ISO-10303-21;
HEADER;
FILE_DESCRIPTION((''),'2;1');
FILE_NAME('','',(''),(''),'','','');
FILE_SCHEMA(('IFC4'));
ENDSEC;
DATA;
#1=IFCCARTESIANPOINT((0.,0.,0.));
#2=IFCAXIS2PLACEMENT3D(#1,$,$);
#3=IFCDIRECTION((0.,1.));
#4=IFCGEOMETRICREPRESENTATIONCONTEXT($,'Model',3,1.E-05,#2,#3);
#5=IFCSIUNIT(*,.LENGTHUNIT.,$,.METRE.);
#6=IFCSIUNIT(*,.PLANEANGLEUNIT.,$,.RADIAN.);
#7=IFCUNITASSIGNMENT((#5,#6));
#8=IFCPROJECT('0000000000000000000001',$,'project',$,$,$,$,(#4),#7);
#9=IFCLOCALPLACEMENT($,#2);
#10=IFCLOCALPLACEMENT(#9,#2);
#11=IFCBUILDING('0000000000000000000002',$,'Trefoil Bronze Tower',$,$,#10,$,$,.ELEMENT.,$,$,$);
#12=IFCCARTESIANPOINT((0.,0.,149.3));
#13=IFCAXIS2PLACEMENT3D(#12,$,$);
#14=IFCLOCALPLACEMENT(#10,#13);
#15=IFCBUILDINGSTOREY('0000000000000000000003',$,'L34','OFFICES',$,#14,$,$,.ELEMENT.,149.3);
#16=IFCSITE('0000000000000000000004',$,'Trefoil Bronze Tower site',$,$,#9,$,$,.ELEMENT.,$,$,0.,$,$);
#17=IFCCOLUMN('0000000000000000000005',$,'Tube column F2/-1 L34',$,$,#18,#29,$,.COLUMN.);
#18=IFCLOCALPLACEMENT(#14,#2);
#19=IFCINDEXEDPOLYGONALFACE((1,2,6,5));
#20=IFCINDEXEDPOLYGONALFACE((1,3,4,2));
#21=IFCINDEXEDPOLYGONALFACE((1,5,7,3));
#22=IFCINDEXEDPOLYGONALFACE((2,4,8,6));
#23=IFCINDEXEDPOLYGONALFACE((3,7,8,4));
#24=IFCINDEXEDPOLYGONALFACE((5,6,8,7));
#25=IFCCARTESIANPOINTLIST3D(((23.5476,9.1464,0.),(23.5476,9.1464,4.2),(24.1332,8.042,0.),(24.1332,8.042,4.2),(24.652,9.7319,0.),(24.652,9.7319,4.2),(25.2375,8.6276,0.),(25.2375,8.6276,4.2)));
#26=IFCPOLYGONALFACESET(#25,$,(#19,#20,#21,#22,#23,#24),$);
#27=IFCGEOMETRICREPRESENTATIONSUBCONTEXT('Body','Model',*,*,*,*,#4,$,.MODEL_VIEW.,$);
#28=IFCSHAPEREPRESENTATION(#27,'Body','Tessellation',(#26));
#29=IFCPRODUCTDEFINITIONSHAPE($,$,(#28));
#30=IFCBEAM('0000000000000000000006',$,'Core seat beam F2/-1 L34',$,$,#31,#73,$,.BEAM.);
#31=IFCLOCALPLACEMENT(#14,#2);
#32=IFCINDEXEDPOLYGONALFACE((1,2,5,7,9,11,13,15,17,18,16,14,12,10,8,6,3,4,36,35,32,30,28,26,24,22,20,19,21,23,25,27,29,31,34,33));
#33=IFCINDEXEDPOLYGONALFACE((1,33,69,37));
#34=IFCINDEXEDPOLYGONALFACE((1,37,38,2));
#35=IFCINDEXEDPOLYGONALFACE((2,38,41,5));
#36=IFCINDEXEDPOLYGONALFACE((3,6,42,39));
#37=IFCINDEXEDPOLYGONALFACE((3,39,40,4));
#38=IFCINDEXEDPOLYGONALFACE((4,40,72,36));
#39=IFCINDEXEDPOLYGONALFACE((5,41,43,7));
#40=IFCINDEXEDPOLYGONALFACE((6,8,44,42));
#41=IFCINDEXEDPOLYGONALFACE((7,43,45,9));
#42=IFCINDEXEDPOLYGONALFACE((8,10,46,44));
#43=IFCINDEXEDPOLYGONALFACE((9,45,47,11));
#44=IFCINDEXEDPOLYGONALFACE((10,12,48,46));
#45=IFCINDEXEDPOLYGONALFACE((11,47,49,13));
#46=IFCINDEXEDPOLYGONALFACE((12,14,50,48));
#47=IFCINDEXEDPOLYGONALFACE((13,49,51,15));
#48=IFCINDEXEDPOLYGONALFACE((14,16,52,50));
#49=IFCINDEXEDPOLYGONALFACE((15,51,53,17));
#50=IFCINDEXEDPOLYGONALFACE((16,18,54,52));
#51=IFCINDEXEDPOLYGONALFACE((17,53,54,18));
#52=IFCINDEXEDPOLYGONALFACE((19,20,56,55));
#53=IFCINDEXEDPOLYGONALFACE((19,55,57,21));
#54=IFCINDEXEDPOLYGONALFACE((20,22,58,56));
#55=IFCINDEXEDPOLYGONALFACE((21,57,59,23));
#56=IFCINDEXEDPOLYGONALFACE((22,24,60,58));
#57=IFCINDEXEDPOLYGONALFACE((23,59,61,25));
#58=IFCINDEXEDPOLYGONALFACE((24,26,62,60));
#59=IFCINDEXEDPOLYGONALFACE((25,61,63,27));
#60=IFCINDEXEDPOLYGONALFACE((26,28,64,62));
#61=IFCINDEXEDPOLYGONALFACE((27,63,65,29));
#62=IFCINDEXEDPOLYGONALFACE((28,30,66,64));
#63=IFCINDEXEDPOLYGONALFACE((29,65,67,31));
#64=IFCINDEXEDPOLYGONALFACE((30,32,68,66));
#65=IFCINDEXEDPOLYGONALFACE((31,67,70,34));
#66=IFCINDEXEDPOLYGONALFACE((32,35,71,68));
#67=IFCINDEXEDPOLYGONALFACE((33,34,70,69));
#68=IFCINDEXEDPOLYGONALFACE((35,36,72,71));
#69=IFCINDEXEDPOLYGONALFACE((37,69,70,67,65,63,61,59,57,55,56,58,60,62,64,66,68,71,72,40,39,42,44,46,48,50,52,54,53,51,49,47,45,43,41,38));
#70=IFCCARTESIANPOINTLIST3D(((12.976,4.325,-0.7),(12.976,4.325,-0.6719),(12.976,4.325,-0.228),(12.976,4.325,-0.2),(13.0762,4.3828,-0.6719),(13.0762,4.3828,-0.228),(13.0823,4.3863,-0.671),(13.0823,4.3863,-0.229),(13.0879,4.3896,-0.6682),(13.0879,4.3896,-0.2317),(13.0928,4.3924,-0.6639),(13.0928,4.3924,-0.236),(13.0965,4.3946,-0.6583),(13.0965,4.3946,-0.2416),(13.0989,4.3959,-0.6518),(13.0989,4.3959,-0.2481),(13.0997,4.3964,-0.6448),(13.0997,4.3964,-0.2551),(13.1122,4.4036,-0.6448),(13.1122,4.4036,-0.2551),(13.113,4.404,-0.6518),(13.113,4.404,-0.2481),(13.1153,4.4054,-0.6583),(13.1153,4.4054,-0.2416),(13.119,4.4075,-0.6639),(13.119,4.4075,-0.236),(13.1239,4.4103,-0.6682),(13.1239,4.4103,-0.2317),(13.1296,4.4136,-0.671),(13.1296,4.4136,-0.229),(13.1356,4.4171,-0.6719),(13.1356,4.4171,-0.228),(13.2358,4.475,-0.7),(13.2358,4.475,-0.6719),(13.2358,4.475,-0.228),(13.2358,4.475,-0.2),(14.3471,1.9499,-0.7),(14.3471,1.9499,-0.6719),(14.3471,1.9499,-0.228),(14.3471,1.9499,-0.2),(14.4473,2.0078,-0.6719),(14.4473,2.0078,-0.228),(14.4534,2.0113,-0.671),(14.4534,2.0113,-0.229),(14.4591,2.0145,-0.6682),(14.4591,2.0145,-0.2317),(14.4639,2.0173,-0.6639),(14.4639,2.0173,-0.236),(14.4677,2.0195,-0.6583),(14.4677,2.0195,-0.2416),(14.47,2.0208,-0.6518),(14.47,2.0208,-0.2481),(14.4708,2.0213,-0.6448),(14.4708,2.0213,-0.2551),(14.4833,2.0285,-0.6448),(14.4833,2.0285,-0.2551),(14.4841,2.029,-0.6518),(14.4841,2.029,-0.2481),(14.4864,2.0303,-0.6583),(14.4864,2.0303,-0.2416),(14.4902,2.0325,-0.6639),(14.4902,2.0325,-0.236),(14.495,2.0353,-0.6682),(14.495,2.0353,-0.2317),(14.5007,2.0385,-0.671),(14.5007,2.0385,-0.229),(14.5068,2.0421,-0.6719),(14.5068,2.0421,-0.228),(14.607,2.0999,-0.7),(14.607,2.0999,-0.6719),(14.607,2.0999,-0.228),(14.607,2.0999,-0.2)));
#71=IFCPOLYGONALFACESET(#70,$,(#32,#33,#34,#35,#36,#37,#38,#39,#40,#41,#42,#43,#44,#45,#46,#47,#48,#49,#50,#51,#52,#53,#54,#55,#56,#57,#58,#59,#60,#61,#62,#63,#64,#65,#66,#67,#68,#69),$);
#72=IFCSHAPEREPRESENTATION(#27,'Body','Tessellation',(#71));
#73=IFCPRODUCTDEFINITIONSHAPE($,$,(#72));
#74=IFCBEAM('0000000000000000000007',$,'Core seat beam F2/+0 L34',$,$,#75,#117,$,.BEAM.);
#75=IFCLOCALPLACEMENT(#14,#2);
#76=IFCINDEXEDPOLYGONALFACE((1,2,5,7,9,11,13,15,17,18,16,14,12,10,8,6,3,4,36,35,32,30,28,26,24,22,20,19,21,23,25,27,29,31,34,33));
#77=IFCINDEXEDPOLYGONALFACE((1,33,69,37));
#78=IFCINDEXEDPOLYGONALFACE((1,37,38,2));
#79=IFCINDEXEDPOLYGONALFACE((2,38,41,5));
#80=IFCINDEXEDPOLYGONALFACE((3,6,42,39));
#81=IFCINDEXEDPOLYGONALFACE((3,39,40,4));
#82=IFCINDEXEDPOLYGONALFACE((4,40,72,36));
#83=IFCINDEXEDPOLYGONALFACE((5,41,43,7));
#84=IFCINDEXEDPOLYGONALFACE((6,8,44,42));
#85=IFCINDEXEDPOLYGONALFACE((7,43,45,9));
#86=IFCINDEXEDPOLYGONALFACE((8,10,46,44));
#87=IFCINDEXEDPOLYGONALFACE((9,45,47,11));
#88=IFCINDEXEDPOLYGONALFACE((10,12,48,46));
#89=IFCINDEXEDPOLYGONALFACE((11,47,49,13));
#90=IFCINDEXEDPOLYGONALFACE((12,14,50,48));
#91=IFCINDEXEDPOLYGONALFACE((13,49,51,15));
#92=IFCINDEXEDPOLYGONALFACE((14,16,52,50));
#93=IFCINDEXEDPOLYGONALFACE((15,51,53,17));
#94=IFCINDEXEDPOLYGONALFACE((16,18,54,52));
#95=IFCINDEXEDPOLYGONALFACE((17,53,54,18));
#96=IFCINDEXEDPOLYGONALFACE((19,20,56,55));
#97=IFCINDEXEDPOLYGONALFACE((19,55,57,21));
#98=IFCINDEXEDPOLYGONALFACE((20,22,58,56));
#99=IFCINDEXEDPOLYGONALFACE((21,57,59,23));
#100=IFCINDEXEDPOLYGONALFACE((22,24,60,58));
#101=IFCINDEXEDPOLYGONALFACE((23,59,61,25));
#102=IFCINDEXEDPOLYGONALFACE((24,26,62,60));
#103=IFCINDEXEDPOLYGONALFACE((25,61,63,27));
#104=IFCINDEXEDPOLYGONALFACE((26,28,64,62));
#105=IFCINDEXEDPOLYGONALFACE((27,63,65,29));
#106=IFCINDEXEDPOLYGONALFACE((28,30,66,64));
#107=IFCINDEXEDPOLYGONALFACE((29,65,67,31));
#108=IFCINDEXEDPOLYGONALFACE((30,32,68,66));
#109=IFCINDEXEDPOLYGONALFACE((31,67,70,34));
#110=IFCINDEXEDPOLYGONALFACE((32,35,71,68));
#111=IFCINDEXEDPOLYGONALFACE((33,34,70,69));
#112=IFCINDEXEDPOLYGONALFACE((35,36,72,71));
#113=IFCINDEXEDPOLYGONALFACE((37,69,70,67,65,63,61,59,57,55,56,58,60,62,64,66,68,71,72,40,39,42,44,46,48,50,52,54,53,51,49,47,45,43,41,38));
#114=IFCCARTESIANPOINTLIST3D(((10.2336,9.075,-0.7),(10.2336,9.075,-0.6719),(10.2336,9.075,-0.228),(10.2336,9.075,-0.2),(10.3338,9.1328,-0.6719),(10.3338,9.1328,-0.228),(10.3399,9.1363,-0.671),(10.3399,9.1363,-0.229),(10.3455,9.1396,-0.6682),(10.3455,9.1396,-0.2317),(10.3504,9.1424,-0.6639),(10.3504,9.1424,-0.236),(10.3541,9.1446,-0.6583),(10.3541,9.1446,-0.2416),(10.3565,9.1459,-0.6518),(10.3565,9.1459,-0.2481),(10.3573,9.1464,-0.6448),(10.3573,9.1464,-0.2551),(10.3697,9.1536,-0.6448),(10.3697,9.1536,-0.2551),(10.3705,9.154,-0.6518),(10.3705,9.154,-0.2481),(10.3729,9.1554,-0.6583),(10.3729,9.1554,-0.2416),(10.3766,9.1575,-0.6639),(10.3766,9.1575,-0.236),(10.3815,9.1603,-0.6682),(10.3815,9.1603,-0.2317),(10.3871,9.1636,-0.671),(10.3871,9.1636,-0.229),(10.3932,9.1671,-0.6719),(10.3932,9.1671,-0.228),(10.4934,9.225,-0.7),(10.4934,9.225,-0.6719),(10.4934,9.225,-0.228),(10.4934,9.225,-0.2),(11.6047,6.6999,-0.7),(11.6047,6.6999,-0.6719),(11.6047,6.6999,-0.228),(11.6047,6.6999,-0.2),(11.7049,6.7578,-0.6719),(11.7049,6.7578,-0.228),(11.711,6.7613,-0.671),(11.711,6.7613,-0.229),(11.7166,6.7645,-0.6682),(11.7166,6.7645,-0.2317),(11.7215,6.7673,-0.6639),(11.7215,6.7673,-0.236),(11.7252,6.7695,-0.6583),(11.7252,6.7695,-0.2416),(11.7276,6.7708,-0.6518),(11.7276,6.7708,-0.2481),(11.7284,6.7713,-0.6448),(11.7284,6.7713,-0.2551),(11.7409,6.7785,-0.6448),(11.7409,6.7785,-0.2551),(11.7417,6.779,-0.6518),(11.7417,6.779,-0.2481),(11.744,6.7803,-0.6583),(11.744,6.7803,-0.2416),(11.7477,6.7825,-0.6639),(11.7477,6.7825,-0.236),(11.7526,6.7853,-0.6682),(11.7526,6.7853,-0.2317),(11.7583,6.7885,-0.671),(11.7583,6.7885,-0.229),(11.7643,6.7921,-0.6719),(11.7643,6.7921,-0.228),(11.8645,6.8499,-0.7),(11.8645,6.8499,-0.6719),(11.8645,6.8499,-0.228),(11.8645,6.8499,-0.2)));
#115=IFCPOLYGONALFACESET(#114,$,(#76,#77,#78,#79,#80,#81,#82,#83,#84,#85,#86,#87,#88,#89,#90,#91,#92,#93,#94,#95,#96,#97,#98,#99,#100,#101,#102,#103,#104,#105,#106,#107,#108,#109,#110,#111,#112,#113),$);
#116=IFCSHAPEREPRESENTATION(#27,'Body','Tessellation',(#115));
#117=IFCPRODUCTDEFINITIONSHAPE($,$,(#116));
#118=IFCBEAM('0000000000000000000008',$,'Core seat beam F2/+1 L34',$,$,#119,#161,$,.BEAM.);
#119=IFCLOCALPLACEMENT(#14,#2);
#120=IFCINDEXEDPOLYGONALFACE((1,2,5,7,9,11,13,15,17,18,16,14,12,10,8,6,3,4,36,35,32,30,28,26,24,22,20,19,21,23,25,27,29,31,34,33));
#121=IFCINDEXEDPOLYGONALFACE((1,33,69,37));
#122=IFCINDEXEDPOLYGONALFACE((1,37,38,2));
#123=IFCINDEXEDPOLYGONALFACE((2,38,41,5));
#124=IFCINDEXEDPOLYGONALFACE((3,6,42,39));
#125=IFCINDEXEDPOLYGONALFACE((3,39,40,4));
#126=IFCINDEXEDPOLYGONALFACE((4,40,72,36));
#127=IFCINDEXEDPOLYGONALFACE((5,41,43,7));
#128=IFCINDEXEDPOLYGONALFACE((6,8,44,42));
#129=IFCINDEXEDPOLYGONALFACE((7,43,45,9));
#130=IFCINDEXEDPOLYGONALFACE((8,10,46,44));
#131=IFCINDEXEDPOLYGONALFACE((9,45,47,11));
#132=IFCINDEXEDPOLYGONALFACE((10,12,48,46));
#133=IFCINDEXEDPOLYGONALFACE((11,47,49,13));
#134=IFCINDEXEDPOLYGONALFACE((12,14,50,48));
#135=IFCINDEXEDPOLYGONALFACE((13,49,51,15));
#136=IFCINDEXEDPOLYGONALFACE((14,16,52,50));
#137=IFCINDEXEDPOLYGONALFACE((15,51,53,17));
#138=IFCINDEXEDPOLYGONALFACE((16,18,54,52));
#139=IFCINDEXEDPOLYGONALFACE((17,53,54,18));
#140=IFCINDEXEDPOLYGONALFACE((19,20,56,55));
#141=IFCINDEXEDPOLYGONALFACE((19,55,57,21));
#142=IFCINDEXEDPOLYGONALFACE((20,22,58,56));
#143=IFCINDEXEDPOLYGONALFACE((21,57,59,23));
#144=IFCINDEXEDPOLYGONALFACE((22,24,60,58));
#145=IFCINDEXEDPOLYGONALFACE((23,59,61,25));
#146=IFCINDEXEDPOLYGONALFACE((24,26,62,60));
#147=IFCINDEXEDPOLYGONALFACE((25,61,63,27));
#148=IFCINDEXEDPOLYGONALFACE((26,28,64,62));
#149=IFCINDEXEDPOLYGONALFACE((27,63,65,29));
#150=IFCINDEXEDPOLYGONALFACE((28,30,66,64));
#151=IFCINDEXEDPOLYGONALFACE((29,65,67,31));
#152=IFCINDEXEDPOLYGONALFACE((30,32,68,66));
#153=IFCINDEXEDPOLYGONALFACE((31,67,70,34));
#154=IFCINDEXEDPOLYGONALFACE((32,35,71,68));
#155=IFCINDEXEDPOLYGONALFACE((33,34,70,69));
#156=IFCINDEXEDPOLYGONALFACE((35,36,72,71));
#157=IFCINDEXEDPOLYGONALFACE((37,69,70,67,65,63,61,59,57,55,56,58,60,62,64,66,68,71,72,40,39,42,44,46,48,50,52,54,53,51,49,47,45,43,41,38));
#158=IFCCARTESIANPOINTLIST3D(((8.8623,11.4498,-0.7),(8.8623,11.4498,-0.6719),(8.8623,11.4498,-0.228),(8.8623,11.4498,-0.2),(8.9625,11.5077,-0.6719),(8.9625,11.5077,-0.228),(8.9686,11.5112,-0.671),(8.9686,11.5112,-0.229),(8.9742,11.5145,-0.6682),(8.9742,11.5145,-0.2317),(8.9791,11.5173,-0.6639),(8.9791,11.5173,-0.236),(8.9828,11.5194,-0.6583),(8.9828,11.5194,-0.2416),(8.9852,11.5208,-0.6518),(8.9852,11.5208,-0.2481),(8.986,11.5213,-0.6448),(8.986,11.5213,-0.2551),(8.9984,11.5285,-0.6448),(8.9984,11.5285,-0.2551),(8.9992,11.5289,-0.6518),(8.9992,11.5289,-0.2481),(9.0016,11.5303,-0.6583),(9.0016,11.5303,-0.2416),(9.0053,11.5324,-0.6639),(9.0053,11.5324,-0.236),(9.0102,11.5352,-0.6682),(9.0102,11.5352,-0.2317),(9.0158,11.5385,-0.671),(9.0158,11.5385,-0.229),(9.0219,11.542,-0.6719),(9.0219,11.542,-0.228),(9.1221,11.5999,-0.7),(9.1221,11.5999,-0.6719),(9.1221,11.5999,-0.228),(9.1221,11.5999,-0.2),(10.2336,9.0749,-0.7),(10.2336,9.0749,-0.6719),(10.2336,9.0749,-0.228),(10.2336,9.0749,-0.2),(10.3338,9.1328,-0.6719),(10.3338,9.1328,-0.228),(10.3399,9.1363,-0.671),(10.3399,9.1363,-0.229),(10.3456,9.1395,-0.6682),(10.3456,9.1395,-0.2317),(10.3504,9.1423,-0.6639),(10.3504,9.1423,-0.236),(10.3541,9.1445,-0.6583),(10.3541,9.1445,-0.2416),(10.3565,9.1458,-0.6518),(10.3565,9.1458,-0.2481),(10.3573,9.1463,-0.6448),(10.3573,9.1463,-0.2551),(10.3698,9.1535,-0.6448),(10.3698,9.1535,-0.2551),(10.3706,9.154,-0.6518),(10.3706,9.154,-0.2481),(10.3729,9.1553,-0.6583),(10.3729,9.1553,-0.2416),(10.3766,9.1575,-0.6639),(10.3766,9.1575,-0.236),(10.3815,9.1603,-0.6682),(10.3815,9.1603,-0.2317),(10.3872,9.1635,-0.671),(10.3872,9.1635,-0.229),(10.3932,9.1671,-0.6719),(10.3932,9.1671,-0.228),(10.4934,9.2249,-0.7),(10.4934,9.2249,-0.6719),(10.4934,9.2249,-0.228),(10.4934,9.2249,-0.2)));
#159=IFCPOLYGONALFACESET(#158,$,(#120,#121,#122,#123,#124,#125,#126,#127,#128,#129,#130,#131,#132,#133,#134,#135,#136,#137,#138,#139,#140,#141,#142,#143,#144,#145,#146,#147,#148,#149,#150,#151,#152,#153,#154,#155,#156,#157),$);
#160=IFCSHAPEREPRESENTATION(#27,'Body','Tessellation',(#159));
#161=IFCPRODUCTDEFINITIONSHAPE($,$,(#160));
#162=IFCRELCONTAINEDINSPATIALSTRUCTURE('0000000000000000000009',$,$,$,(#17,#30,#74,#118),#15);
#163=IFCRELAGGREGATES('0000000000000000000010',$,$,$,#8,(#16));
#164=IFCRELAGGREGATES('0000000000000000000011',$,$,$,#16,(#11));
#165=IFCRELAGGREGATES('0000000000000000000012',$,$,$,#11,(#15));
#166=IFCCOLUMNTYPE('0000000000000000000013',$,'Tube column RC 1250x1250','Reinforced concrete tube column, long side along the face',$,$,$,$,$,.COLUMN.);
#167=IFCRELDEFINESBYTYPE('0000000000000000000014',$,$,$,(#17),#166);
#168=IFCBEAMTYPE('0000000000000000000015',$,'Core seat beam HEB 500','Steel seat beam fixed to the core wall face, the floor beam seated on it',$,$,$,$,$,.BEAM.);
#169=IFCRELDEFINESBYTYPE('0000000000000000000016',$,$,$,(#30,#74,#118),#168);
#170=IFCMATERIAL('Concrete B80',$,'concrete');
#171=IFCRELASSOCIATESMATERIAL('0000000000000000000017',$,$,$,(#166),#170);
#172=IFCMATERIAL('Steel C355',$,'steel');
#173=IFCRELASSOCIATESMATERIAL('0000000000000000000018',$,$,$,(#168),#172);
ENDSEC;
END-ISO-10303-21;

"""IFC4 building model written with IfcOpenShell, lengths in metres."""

from ifc_helpers import new_model, si_unit, direction, frame, origin, origin_2d, place, context, subcontext, project, spatial, rectangle, i_section, extrude, material, material_profile, profile_set, type_object, element, save


model = new_model("IFC4")

# Units and contexts
model_context = context("Model", 3, precision=1e-05, world=origin(), true_north=direction((0.0, 1.0)))
body_context = subcontext(model_context, "Body", "Model", "MODEL_VIEW")
ifc_project = project(units=[si_unit("LENGTHUNIT", "METRE"), si_unit("PLANEANGLEUNIT", "RADIAN")], contexts=[model_context])

# Site, building, storey
site_placement = place(None, origin())
site = spatial("IfcSite", under=ifc_project, at=site_placement, Name="Trefoil Bronze Tower site", CompositionType="ELEMENT", RefElevation=0.0)
building_placement = place(site_placement, origin())
building = spatial("IfcBuilding", under=site, at=building_placement, Name="Trefoil Bronze Tower", CompositionType="ELEMENT")
storey_placement = place(building_placement, frame((0.0, 0.0, 149.3)))
storey = spatial("IfcBuildingStorey", under=building, at=storey_placement, Name="L34", Description="OFFICES", CompositionType="ELEMENT", Elevation=149.3)

# Column
ifc_material_1 = material(Name="Concrete B80", Category="concrete")
ifc_material_profile_1 = material_profile(ifc_material_1, rectangle(XDim=1.25, YDim=1.25, at=origin_2d()), Name="RC 1250x1250")
ifc_profile_set_1 = profile_set([ifc_material_profile_1], Name="Concrete B80")
column_type = type_object("IfcColumnType", Name="Tube column RC 1250x1250", Description="Reinforced concrete tube column, long side along the face", PredefinedType="COLUMN", material=ifc_profile_set_1)
column_placement = place(storey_placement, frame((24.3926, 8.887, 0.0), z_axis=(0.0, 0.0, 1.0), x_axis=(-0.468457, 0.883486, 0.0)))
element("IfcColumn", 1, at=column_placement, inside=storey, type_object=column_type, Name="Tube column F2/-1 L34", PredefinedType="COLUMN", context=body_context, shape_type="SweptSolid", body=[
    extrude(rectangle(XDim=1.25, YDim=1.25, at=origin_2d()), origin(), (0.0, 0.0, 1.0), 4.2),
])

# Beams
ifc_material_2 = material(Name="Steel C355", Category="steel")
ifc_material_profile_2 = material_profile(ifc_material_2, i_section(OverallWidth=0.3, OverallDepth=0.5, WebThickness=0.0144, FlangeThickness=0.0281, FilletRadius=0.0271, at=origin_2d()), Name="HEB 500")
ifc_profile_set_2 = profile_set([ifc_material_profile_2], Name="Steel C355")
beam_type_1 = type_object("IfcBeamType", Name="Core seat beam HEB 500", Description="Steel seat beam fixed to the core wall face, the floor beam seated on it", PredefinedType="BEAM", material=ifc_profile_set_2)
for number, where, z_axis, x_axis, name in (
    (2, (14.4771, 2.0249, -0.45), (-0.499969, 0.866043, 0.0), (-0.866043, -0.499969, 0.0), "Core seat beam F2/-1 L34"),
    (3, (11.7346, 6.7749, -0.45), (-0.499969, 0.866043, 0.0), (-0.866043, -0.499969, 0.0), "Core seat beam F2/+0 L34"),
    (4, (10.3635, 9.1499, -0.45), (-0.500036, 0.866005, 0.0), (-0.866005, -0.500036, 0.0), "Core seat beam F2/+1 L34"),
):
    element("IfcBeam", number, at=place(storey_placement, frame(where, z_axis=z_axis, x_axis=x_axis)), inside=storey, type_object=beam_type_1, Name=name, PredefinedType="BEAM", context=body_context, shape_type="SweptSolid", body=[
        extrude(i_section(OverallWidth=0.3, OverallDepth=0.5, WebThickness=0.0144, FlangeThickness=0.0281, FilletRadius=0.0271, at=origin_2d()), origin(), (0.0, 0.0, 1.0), 2.7424),
    ])

save(model, "model.ifc")
